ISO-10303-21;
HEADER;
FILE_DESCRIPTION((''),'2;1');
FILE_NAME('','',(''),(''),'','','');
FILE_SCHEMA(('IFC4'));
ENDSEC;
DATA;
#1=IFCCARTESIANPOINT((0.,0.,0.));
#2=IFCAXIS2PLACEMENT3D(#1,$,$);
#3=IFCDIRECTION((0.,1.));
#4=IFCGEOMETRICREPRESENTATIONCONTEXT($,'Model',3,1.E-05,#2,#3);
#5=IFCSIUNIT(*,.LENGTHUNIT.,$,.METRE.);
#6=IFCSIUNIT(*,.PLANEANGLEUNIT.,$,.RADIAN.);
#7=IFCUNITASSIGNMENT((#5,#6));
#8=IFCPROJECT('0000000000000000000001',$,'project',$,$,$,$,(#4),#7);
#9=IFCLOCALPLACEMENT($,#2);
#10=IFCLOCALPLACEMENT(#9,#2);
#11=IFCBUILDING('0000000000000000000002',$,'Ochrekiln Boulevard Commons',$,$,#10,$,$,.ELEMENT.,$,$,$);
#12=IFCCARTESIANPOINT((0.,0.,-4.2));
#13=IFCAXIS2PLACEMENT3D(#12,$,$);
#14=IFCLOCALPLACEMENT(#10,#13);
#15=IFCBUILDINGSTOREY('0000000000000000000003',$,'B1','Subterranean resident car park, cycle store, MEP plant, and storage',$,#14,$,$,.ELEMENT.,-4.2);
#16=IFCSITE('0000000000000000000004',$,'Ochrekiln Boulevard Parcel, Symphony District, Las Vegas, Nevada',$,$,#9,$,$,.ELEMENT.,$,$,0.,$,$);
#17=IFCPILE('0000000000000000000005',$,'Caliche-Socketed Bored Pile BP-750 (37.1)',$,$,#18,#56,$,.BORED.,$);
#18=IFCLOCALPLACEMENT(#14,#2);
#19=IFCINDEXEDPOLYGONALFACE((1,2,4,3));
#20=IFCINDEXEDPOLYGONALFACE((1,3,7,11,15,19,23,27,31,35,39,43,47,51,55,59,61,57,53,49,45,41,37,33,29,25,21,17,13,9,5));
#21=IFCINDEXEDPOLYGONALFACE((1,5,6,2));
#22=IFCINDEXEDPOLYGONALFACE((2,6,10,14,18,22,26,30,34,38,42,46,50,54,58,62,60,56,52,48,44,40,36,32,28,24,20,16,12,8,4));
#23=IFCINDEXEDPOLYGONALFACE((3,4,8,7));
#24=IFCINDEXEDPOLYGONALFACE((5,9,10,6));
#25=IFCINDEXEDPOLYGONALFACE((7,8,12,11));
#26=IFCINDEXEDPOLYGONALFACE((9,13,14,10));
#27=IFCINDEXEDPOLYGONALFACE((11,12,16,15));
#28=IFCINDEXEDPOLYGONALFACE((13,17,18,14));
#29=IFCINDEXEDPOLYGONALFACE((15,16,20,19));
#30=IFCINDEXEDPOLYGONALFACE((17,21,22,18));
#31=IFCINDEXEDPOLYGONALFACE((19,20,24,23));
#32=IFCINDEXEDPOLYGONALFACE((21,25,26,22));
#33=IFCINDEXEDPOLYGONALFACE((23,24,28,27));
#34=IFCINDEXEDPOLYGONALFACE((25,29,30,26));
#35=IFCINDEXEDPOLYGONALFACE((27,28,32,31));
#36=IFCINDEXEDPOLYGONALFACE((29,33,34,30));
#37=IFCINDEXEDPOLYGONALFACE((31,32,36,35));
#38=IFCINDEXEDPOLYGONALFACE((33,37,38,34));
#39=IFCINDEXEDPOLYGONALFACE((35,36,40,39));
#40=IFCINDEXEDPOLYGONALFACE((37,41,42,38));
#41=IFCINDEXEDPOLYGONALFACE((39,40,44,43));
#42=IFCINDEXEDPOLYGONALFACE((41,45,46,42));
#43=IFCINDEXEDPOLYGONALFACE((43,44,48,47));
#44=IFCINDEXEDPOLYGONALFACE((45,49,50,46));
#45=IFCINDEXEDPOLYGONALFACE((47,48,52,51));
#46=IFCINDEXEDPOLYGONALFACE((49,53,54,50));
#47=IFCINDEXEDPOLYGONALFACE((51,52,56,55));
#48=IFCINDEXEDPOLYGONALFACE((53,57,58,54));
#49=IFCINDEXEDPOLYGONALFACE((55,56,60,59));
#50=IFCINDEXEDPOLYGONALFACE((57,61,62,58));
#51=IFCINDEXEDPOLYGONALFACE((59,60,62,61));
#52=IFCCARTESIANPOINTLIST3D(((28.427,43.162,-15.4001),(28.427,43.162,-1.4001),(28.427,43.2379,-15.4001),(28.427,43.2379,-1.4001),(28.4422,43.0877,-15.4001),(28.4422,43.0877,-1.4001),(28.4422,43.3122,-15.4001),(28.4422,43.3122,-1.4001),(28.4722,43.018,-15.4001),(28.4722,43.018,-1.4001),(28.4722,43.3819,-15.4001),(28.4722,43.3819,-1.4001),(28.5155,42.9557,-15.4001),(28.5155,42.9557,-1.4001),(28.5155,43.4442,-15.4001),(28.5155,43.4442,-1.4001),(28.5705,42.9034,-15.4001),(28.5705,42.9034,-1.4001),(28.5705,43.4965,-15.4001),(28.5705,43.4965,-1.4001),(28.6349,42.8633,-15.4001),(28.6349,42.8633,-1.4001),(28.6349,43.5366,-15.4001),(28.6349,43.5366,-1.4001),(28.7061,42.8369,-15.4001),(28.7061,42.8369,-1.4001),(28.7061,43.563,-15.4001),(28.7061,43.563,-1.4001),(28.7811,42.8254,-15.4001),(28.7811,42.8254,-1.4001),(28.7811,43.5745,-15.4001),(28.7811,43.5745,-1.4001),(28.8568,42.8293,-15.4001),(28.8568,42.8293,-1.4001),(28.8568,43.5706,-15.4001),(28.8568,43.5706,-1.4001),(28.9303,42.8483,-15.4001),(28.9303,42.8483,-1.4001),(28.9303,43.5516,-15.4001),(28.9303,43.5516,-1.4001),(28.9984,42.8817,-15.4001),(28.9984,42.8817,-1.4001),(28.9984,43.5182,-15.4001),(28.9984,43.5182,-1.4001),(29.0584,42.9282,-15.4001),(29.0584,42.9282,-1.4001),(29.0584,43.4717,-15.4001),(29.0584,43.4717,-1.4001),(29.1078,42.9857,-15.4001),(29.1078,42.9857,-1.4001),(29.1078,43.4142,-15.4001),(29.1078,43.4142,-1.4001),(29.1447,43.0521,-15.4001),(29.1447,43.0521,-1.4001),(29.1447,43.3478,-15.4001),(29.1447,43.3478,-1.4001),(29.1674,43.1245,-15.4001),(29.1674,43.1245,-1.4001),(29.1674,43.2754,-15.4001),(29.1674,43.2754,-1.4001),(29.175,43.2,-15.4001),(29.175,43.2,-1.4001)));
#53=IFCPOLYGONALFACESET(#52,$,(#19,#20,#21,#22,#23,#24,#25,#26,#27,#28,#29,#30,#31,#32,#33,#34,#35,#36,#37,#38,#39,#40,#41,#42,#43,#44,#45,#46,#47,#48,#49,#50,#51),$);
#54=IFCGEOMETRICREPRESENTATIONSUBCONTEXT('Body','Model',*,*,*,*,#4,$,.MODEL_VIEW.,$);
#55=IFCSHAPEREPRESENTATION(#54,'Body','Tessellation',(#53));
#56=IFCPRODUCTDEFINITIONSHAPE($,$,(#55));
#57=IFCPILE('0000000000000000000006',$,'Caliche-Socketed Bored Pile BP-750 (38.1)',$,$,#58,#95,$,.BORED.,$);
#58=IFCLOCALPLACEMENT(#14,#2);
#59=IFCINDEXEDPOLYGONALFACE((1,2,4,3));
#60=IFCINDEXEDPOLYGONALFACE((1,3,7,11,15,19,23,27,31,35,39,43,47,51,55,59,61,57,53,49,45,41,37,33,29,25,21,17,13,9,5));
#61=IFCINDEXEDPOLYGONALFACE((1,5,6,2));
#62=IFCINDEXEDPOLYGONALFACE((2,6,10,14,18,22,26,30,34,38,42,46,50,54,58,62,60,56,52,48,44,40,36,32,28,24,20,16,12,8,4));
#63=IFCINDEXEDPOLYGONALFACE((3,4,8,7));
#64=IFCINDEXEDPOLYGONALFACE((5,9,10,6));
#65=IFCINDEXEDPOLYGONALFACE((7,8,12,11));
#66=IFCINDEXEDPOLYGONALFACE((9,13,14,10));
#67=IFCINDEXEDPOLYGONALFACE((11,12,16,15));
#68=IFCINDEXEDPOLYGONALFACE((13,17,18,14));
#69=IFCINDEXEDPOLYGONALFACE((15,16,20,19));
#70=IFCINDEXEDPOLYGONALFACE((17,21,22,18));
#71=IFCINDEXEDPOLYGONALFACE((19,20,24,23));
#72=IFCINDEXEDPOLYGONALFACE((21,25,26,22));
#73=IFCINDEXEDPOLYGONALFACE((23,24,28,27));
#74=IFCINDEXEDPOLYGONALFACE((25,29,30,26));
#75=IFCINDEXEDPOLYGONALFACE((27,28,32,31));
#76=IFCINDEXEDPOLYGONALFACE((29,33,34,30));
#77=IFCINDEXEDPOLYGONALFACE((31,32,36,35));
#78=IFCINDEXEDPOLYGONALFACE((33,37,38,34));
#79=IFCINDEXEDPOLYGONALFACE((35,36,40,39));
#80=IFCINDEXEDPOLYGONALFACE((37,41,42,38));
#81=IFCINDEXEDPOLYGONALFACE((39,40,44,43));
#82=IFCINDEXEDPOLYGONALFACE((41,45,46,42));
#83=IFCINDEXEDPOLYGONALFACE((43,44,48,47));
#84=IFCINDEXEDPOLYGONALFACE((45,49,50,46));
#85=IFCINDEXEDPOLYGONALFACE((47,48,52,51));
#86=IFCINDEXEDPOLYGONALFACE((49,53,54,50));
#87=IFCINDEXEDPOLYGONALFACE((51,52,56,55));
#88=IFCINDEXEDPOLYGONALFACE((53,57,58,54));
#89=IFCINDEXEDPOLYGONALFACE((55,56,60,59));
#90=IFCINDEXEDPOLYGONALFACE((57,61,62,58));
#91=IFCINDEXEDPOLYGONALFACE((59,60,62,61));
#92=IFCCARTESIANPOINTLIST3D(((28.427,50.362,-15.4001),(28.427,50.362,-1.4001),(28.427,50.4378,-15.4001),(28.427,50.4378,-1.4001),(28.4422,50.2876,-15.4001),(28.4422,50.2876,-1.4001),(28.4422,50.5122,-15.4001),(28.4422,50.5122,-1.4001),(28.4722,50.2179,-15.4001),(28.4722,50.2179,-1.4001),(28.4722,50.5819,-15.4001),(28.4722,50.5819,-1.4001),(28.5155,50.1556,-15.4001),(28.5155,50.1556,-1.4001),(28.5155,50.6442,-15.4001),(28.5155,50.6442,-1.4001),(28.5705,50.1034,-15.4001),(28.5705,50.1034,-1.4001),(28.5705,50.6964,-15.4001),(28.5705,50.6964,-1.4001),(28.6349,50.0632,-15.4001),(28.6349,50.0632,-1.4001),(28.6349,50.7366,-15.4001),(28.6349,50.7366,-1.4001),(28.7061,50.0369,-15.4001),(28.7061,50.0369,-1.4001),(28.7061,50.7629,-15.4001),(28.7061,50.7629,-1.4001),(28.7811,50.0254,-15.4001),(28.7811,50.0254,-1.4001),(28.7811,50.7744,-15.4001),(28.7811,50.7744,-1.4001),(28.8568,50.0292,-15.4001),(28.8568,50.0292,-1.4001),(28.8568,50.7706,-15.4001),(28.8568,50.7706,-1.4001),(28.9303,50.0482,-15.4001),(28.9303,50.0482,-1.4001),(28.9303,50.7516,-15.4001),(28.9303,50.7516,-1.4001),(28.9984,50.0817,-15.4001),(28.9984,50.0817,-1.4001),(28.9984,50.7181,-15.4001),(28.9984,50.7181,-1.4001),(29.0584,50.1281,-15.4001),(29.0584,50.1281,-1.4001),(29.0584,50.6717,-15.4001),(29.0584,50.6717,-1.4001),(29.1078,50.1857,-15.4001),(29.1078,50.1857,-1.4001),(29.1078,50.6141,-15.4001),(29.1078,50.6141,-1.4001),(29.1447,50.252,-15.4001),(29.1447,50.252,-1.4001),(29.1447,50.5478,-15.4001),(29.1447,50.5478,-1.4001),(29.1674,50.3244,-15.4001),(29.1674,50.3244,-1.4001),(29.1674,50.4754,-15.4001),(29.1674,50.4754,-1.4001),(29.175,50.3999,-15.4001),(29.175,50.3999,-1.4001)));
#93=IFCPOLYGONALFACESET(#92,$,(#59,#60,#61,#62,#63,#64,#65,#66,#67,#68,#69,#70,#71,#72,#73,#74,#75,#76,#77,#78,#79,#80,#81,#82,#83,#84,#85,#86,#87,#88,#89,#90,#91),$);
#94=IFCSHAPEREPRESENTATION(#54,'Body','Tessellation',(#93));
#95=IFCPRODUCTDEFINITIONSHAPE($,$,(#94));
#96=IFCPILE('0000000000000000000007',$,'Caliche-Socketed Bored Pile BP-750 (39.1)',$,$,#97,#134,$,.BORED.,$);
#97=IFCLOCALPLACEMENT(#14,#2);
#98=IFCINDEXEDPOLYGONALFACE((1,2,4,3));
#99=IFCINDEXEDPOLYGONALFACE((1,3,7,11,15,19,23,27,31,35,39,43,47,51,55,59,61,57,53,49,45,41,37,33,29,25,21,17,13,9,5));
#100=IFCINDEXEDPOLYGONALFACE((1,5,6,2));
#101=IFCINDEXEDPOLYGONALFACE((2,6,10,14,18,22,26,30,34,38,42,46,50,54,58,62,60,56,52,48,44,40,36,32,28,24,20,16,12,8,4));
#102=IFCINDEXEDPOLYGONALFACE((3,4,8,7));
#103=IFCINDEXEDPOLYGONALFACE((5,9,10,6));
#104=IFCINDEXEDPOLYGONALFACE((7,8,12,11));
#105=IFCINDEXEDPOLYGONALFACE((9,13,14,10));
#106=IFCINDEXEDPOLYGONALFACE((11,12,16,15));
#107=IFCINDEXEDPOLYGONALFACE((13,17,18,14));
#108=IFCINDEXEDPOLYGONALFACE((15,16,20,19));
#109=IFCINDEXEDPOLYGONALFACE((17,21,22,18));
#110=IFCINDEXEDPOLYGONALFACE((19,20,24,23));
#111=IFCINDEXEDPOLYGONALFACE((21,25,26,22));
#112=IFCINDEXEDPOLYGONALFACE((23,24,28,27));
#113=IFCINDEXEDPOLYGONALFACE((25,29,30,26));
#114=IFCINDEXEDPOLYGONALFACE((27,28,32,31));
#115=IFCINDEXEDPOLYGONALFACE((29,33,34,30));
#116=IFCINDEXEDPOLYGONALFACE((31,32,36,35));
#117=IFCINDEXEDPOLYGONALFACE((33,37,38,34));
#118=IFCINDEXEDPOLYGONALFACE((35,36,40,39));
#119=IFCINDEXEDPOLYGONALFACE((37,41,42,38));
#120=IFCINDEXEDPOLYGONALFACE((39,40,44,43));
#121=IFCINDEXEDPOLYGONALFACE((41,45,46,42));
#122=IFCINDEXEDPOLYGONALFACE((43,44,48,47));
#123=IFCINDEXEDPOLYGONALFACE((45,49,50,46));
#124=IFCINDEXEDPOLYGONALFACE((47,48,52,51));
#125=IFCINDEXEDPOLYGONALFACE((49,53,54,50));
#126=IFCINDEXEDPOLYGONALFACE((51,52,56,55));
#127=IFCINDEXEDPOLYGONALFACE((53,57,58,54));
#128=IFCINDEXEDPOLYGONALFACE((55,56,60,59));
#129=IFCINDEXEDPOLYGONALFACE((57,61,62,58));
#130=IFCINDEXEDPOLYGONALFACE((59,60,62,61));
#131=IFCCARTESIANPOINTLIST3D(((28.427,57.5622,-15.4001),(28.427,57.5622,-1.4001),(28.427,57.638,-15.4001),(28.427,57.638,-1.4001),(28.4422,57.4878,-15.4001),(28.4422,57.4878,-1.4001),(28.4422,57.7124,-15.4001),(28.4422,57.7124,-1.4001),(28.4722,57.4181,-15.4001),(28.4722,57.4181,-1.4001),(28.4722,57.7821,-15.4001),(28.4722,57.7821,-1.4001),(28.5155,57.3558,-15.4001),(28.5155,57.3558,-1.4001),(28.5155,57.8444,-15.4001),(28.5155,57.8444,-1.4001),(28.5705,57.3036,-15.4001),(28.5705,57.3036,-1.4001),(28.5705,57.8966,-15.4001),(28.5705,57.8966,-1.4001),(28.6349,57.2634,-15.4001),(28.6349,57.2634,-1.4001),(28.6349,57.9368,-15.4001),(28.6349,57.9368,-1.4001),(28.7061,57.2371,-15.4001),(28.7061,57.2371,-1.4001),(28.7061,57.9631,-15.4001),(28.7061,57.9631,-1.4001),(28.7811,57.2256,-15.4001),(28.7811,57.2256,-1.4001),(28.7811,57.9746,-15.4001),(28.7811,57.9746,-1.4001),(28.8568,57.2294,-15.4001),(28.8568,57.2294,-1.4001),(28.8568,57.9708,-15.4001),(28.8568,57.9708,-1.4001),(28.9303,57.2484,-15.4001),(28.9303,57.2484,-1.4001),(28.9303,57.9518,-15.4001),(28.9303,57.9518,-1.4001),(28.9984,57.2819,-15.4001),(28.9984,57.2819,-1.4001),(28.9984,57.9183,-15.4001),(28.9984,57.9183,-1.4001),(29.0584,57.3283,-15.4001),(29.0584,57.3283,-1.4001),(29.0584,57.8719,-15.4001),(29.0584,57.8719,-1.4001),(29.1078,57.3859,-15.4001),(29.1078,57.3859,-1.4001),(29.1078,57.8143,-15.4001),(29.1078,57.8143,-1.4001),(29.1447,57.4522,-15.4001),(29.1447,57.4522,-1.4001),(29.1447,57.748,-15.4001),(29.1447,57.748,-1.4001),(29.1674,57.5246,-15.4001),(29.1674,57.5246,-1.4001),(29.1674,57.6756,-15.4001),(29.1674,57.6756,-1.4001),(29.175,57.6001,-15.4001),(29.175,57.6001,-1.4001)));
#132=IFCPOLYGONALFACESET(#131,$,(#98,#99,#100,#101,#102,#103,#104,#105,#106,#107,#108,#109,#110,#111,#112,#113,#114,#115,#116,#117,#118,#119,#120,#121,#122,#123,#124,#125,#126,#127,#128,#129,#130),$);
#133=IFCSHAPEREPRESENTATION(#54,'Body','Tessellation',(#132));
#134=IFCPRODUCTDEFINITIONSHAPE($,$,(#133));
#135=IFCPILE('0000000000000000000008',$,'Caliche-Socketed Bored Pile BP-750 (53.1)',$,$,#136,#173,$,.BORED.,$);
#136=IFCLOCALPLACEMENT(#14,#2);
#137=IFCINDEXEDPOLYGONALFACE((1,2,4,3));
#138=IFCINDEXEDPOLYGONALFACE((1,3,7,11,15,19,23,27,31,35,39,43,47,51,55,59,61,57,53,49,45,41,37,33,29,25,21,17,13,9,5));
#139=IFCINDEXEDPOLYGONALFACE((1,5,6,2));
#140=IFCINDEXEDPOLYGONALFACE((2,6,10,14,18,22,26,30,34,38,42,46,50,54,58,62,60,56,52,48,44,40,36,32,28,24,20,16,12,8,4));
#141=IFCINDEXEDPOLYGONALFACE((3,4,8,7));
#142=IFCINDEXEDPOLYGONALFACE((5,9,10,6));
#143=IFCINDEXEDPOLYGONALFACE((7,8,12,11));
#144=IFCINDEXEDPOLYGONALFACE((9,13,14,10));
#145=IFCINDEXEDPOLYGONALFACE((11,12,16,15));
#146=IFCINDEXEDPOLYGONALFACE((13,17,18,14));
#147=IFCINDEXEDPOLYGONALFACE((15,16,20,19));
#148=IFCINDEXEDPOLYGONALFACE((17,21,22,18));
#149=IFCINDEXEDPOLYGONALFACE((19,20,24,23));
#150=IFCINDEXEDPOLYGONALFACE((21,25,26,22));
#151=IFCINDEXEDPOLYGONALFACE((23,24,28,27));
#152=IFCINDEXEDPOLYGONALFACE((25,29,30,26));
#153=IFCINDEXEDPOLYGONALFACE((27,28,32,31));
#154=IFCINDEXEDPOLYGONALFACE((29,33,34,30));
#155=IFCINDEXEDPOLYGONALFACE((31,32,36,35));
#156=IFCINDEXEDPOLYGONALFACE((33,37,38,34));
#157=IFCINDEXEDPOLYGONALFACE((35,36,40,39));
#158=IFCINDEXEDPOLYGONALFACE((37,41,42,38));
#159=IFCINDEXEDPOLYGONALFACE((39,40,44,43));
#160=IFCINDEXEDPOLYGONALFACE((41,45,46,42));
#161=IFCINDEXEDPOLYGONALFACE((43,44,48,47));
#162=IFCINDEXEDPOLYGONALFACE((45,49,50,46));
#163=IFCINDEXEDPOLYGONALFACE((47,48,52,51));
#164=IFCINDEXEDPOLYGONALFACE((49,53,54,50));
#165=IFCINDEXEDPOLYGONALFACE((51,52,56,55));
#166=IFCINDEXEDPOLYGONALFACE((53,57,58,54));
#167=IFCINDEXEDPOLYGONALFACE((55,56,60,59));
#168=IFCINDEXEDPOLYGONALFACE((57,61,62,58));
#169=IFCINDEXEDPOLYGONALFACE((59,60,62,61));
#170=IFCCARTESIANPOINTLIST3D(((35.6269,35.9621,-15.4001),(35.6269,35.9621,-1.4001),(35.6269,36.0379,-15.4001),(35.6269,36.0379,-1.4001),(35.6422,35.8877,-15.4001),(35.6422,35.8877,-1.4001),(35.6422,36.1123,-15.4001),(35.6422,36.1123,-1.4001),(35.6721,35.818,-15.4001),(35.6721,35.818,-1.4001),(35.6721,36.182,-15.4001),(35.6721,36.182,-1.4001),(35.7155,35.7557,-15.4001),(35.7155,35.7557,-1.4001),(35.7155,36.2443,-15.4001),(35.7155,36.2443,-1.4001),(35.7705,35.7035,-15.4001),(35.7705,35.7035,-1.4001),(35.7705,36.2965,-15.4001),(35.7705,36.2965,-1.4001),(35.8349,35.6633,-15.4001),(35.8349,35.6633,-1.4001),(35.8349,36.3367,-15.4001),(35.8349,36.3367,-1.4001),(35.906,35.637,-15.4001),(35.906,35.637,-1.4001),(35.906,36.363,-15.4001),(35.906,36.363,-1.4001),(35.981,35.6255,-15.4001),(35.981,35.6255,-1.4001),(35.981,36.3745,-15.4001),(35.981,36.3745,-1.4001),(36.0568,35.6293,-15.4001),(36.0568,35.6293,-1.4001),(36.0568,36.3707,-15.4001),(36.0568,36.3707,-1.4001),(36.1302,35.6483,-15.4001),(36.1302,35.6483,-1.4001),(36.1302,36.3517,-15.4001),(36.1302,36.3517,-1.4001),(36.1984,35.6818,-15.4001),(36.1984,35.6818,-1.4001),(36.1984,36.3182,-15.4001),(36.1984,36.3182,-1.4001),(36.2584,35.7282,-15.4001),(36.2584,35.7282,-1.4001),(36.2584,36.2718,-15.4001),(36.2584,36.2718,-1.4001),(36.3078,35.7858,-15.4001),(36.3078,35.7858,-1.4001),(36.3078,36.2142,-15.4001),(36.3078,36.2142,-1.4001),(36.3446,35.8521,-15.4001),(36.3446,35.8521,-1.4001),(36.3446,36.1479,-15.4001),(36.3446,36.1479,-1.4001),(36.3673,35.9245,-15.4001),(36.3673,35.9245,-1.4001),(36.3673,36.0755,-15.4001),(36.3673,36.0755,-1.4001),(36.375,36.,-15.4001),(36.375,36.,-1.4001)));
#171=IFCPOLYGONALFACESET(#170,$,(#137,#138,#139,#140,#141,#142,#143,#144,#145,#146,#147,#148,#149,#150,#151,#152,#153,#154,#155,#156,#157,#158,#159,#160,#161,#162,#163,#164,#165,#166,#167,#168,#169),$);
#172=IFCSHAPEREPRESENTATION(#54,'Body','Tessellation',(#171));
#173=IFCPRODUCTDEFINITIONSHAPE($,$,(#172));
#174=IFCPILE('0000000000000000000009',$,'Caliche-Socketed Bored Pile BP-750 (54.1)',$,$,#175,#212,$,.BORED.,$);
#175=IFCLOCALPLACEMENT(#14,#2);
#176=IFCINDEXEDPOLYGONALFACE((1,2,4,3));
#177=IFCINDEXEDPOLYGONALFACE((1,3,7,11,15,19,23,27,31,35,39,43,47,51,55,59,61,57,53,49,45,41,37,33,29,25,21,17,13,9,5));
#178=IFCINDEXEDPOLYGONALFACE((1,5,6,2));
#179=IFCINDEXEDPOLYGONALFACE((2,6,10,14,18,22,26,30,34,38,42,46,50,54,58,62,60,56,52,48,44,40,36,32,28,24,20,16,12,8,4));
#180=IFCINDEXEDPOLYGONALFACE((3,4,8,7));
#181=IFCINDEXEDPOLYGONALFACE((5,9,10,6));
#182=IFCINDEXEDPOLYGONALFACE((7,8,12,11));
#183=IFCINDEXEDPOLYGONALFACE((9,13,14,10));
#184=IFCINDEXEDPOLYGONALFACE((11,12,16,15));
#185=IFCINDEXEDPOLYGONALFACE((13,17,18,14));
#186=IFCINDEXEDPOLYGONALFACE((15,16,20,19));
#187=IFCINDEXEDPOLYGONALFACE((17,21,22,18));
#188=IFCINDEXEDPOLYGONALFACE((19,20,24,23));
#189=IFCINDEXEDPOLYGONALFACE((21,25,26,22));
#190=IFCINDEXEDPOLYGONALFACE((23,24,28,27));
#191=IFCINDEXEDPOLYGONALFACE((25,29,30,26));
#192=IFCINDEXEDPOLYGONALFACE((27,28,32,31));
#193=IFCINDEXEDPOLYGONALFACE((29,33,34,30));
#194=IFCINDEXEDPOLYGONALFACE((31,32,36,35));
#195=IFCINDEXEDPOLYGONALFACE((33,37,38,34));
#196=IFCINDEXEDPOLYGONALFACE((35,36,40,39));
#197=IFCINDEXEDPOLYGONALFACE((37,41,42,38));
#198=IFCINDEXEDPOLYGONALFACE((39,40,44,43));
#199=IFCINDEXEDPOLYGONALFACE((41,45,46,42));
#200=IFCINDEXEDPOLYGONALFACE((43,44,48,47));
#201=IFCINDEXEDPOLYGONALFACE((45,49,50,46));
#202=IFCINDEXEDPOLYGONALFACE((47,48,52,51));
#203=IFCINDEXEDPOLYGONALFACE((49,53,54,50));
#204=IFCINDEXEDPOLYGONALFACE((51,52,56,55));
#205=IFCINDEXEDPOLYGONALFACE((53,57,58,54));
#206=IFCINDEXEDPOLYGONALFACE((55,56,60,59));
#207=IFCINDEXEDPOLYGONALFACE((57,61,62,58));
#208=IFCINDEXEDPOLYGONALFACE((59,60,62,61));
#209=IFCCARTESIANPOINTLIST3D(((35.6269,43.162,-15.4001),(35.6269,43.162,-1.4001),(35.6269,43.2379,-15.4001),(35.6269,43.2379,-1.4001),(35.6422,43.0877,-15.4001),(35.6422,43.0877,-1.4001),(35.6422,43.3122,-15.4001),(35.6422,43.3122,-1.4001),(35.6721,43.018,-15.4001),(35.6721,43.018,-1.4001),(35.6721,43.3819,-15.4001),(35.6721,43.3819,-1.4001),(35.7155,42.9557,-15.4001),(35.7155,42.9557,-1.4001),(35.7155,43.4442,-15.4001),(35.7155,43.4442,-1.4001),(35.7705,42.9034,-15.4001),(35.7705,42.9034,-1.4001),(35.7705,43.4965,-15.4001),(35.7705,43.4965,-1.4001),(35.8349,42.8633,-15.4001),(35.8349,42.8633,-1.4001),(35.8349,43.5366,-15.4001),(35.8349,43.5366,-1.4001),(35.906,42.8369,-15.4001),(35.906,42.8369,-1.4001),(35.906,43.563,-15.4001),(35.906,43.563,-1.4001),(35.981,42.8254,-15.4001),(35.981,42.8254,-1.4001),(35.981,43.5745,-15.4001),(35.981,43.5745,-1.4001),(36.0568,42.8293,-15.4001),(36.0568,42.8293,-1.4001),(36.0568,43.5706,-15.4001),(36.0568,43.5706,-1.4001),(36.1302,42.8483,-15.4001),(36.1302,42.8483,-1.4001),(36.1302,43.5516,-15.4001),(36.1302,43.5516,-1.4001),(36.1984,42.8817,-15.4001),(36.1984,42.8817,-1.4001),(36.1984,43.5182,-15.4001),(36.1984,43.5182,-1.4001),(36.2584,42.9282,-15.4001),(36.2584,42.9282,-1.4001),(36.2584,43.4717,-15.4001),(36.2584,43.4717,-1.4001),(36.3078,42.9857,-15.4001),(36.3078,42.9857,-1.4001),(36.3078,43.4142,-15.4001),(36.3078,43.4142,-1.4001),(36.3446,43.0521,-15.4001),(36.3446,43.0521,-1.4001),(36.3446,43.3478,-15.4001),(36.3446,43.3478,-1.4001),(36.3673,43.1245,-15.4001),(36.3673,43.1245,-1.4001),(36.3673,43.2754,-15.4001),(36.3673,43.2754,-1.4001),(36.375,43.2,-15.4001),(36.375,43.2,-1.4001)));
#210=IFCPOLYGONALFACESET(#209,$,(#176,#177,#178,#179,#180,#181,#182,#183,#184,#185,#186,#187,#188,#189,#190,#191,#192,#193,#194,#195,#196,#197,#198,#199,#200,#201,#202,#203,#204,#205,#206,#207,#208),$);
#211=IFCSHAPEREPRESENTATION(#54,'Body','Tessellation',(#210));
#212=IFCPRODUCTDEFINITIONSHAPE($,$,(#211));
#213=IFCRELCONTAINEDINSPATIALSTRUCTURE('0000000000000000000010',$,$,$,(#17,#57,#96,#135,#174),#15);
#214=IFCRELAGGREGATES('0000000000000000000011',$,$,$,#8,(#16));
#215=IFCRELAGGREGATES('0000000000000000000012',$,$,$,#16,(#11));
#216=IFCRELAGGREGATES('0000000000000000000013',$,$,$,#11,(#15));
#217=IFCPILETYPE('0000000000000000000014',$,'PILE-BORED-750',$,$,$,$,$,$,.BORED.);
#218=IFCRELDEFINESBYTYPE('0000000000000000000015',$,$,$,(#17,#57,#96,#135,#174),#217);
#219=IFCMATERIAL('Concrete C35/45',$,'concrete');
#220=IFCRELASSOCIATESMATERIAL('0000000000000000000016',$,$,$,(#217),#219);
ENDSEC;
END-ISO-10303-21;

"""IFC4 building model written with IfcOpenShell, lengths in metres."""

from ifc_helpers import new_model, si_unit, direction, frame, origin, origin_2d, place, context, subcontext, project, spatial, circle, extrude, material, material_profile, profile_set, type_object, element, save


model = new_model("IFC4")

# Units and contexts
model_context = context("Model", 3, precision=1e-05, world=origin(), true_north=direction((0.0, 1.0)))
body_context = subcontext(model_context, "Body", "Model", "MODEL_VIEW")
ifc_project = project(units=[si_unit("LENGTHUNIT", "METRE"), si_unit("PLANEANGLEUNIT", "RADIAN")], contexts=[model_context])

# Site, building, storey
site_placement = place(None, origin())
site = spatial("IfcSite", under=ifc_project, at=site_placement, Name="Ochrekiln Boulevard Parcel, Symphony District, Las Vegas, Nevada", CompositionType="ELEMENT", RefElevation=0.0)
building_placement = place(site_placement, origin())
building = spatial("IfcBuilding", under=site, at=building_placement, Name="Ochrekiln Boulevard Commons", CompositionType="ELEMENT")
storey_placement = place(building_placement, frame((0.0, 0.0, -4.2)))
storey = spatial("IfcBuildingStorey", under=building, at=storey_placement, Name="B1", Description="Subterranean resident car park, cycle store, MEP plant, and storage", CompositionType="ELEMENT", Elevation=-4.2)

# Shared definitions
ifc_material_1 = material(Name="Concrete C35/45", Category="concrete")

# Piles
ifc_material_profile_1 = material_profile(ifc_material_1, circle(Radius=0.375, at=origin_2d()), Name="PILE-D750")
ifc_profile_set_1 = profile_set([ifc_material_profile_1], Name="Concrete C35/45")
pile_type_1 = type_object("IfcPileType", Name="PILE-BORED-750", PredefinedType="BORED", material=ifc_profile_set_1)
for number, where, z_axis, x_axis, name in (
    (1, (28.8, 43.2, -1.4001), (0.0, 0.0, -1.0), (1.0, 0.0, 0.0), "Caliche-Socketed Bored Pile BP-750 (37.1)"),
    (2, (28.8, 50.3999, -1.4001), (0.0, 0.0, -1.0), (1.0, 0.0, 0.0), "Caliche-Socketed Bored Pile BP-750 (38.1)"),
    (3, (28.8, 57.6001, -1.4001), (0.0, 0.0, -1.0), (1.0, 0.0, 0.0), "Caliche-Socketed Bored Pile BP-750 (39.1)"),
    (4, (36.0, 36.0, -1.4001), (0.0, 0.0, -1.0), (1.0, 0.0, 0.0), "Caliche-Socketed Bored Pile BP-750 (53.1)"),
    (5, (36.0, 43.2, -1.4001), (0.0, 0.0, -1.0), (1.0, 0.0, 0.0), "Caliche-Socketed Bored Pile BP-750 (54.1)"),
):
    element("IfcPile", number, at=place(storey_placement, frame(where, z_axis=z_axis, x_axis=x_axis)), inside=storey, type_object=pile_type_1, Name=name, PredefinedType="BORED", context=body_context, shape_type="SweptSolid", body=[
        extrude(circle(Radius=0.375, at=origin_2d()), origin(), (0.0, 0.0, 1.0), 14.0),
    ])

save(model, "model.ifc")
